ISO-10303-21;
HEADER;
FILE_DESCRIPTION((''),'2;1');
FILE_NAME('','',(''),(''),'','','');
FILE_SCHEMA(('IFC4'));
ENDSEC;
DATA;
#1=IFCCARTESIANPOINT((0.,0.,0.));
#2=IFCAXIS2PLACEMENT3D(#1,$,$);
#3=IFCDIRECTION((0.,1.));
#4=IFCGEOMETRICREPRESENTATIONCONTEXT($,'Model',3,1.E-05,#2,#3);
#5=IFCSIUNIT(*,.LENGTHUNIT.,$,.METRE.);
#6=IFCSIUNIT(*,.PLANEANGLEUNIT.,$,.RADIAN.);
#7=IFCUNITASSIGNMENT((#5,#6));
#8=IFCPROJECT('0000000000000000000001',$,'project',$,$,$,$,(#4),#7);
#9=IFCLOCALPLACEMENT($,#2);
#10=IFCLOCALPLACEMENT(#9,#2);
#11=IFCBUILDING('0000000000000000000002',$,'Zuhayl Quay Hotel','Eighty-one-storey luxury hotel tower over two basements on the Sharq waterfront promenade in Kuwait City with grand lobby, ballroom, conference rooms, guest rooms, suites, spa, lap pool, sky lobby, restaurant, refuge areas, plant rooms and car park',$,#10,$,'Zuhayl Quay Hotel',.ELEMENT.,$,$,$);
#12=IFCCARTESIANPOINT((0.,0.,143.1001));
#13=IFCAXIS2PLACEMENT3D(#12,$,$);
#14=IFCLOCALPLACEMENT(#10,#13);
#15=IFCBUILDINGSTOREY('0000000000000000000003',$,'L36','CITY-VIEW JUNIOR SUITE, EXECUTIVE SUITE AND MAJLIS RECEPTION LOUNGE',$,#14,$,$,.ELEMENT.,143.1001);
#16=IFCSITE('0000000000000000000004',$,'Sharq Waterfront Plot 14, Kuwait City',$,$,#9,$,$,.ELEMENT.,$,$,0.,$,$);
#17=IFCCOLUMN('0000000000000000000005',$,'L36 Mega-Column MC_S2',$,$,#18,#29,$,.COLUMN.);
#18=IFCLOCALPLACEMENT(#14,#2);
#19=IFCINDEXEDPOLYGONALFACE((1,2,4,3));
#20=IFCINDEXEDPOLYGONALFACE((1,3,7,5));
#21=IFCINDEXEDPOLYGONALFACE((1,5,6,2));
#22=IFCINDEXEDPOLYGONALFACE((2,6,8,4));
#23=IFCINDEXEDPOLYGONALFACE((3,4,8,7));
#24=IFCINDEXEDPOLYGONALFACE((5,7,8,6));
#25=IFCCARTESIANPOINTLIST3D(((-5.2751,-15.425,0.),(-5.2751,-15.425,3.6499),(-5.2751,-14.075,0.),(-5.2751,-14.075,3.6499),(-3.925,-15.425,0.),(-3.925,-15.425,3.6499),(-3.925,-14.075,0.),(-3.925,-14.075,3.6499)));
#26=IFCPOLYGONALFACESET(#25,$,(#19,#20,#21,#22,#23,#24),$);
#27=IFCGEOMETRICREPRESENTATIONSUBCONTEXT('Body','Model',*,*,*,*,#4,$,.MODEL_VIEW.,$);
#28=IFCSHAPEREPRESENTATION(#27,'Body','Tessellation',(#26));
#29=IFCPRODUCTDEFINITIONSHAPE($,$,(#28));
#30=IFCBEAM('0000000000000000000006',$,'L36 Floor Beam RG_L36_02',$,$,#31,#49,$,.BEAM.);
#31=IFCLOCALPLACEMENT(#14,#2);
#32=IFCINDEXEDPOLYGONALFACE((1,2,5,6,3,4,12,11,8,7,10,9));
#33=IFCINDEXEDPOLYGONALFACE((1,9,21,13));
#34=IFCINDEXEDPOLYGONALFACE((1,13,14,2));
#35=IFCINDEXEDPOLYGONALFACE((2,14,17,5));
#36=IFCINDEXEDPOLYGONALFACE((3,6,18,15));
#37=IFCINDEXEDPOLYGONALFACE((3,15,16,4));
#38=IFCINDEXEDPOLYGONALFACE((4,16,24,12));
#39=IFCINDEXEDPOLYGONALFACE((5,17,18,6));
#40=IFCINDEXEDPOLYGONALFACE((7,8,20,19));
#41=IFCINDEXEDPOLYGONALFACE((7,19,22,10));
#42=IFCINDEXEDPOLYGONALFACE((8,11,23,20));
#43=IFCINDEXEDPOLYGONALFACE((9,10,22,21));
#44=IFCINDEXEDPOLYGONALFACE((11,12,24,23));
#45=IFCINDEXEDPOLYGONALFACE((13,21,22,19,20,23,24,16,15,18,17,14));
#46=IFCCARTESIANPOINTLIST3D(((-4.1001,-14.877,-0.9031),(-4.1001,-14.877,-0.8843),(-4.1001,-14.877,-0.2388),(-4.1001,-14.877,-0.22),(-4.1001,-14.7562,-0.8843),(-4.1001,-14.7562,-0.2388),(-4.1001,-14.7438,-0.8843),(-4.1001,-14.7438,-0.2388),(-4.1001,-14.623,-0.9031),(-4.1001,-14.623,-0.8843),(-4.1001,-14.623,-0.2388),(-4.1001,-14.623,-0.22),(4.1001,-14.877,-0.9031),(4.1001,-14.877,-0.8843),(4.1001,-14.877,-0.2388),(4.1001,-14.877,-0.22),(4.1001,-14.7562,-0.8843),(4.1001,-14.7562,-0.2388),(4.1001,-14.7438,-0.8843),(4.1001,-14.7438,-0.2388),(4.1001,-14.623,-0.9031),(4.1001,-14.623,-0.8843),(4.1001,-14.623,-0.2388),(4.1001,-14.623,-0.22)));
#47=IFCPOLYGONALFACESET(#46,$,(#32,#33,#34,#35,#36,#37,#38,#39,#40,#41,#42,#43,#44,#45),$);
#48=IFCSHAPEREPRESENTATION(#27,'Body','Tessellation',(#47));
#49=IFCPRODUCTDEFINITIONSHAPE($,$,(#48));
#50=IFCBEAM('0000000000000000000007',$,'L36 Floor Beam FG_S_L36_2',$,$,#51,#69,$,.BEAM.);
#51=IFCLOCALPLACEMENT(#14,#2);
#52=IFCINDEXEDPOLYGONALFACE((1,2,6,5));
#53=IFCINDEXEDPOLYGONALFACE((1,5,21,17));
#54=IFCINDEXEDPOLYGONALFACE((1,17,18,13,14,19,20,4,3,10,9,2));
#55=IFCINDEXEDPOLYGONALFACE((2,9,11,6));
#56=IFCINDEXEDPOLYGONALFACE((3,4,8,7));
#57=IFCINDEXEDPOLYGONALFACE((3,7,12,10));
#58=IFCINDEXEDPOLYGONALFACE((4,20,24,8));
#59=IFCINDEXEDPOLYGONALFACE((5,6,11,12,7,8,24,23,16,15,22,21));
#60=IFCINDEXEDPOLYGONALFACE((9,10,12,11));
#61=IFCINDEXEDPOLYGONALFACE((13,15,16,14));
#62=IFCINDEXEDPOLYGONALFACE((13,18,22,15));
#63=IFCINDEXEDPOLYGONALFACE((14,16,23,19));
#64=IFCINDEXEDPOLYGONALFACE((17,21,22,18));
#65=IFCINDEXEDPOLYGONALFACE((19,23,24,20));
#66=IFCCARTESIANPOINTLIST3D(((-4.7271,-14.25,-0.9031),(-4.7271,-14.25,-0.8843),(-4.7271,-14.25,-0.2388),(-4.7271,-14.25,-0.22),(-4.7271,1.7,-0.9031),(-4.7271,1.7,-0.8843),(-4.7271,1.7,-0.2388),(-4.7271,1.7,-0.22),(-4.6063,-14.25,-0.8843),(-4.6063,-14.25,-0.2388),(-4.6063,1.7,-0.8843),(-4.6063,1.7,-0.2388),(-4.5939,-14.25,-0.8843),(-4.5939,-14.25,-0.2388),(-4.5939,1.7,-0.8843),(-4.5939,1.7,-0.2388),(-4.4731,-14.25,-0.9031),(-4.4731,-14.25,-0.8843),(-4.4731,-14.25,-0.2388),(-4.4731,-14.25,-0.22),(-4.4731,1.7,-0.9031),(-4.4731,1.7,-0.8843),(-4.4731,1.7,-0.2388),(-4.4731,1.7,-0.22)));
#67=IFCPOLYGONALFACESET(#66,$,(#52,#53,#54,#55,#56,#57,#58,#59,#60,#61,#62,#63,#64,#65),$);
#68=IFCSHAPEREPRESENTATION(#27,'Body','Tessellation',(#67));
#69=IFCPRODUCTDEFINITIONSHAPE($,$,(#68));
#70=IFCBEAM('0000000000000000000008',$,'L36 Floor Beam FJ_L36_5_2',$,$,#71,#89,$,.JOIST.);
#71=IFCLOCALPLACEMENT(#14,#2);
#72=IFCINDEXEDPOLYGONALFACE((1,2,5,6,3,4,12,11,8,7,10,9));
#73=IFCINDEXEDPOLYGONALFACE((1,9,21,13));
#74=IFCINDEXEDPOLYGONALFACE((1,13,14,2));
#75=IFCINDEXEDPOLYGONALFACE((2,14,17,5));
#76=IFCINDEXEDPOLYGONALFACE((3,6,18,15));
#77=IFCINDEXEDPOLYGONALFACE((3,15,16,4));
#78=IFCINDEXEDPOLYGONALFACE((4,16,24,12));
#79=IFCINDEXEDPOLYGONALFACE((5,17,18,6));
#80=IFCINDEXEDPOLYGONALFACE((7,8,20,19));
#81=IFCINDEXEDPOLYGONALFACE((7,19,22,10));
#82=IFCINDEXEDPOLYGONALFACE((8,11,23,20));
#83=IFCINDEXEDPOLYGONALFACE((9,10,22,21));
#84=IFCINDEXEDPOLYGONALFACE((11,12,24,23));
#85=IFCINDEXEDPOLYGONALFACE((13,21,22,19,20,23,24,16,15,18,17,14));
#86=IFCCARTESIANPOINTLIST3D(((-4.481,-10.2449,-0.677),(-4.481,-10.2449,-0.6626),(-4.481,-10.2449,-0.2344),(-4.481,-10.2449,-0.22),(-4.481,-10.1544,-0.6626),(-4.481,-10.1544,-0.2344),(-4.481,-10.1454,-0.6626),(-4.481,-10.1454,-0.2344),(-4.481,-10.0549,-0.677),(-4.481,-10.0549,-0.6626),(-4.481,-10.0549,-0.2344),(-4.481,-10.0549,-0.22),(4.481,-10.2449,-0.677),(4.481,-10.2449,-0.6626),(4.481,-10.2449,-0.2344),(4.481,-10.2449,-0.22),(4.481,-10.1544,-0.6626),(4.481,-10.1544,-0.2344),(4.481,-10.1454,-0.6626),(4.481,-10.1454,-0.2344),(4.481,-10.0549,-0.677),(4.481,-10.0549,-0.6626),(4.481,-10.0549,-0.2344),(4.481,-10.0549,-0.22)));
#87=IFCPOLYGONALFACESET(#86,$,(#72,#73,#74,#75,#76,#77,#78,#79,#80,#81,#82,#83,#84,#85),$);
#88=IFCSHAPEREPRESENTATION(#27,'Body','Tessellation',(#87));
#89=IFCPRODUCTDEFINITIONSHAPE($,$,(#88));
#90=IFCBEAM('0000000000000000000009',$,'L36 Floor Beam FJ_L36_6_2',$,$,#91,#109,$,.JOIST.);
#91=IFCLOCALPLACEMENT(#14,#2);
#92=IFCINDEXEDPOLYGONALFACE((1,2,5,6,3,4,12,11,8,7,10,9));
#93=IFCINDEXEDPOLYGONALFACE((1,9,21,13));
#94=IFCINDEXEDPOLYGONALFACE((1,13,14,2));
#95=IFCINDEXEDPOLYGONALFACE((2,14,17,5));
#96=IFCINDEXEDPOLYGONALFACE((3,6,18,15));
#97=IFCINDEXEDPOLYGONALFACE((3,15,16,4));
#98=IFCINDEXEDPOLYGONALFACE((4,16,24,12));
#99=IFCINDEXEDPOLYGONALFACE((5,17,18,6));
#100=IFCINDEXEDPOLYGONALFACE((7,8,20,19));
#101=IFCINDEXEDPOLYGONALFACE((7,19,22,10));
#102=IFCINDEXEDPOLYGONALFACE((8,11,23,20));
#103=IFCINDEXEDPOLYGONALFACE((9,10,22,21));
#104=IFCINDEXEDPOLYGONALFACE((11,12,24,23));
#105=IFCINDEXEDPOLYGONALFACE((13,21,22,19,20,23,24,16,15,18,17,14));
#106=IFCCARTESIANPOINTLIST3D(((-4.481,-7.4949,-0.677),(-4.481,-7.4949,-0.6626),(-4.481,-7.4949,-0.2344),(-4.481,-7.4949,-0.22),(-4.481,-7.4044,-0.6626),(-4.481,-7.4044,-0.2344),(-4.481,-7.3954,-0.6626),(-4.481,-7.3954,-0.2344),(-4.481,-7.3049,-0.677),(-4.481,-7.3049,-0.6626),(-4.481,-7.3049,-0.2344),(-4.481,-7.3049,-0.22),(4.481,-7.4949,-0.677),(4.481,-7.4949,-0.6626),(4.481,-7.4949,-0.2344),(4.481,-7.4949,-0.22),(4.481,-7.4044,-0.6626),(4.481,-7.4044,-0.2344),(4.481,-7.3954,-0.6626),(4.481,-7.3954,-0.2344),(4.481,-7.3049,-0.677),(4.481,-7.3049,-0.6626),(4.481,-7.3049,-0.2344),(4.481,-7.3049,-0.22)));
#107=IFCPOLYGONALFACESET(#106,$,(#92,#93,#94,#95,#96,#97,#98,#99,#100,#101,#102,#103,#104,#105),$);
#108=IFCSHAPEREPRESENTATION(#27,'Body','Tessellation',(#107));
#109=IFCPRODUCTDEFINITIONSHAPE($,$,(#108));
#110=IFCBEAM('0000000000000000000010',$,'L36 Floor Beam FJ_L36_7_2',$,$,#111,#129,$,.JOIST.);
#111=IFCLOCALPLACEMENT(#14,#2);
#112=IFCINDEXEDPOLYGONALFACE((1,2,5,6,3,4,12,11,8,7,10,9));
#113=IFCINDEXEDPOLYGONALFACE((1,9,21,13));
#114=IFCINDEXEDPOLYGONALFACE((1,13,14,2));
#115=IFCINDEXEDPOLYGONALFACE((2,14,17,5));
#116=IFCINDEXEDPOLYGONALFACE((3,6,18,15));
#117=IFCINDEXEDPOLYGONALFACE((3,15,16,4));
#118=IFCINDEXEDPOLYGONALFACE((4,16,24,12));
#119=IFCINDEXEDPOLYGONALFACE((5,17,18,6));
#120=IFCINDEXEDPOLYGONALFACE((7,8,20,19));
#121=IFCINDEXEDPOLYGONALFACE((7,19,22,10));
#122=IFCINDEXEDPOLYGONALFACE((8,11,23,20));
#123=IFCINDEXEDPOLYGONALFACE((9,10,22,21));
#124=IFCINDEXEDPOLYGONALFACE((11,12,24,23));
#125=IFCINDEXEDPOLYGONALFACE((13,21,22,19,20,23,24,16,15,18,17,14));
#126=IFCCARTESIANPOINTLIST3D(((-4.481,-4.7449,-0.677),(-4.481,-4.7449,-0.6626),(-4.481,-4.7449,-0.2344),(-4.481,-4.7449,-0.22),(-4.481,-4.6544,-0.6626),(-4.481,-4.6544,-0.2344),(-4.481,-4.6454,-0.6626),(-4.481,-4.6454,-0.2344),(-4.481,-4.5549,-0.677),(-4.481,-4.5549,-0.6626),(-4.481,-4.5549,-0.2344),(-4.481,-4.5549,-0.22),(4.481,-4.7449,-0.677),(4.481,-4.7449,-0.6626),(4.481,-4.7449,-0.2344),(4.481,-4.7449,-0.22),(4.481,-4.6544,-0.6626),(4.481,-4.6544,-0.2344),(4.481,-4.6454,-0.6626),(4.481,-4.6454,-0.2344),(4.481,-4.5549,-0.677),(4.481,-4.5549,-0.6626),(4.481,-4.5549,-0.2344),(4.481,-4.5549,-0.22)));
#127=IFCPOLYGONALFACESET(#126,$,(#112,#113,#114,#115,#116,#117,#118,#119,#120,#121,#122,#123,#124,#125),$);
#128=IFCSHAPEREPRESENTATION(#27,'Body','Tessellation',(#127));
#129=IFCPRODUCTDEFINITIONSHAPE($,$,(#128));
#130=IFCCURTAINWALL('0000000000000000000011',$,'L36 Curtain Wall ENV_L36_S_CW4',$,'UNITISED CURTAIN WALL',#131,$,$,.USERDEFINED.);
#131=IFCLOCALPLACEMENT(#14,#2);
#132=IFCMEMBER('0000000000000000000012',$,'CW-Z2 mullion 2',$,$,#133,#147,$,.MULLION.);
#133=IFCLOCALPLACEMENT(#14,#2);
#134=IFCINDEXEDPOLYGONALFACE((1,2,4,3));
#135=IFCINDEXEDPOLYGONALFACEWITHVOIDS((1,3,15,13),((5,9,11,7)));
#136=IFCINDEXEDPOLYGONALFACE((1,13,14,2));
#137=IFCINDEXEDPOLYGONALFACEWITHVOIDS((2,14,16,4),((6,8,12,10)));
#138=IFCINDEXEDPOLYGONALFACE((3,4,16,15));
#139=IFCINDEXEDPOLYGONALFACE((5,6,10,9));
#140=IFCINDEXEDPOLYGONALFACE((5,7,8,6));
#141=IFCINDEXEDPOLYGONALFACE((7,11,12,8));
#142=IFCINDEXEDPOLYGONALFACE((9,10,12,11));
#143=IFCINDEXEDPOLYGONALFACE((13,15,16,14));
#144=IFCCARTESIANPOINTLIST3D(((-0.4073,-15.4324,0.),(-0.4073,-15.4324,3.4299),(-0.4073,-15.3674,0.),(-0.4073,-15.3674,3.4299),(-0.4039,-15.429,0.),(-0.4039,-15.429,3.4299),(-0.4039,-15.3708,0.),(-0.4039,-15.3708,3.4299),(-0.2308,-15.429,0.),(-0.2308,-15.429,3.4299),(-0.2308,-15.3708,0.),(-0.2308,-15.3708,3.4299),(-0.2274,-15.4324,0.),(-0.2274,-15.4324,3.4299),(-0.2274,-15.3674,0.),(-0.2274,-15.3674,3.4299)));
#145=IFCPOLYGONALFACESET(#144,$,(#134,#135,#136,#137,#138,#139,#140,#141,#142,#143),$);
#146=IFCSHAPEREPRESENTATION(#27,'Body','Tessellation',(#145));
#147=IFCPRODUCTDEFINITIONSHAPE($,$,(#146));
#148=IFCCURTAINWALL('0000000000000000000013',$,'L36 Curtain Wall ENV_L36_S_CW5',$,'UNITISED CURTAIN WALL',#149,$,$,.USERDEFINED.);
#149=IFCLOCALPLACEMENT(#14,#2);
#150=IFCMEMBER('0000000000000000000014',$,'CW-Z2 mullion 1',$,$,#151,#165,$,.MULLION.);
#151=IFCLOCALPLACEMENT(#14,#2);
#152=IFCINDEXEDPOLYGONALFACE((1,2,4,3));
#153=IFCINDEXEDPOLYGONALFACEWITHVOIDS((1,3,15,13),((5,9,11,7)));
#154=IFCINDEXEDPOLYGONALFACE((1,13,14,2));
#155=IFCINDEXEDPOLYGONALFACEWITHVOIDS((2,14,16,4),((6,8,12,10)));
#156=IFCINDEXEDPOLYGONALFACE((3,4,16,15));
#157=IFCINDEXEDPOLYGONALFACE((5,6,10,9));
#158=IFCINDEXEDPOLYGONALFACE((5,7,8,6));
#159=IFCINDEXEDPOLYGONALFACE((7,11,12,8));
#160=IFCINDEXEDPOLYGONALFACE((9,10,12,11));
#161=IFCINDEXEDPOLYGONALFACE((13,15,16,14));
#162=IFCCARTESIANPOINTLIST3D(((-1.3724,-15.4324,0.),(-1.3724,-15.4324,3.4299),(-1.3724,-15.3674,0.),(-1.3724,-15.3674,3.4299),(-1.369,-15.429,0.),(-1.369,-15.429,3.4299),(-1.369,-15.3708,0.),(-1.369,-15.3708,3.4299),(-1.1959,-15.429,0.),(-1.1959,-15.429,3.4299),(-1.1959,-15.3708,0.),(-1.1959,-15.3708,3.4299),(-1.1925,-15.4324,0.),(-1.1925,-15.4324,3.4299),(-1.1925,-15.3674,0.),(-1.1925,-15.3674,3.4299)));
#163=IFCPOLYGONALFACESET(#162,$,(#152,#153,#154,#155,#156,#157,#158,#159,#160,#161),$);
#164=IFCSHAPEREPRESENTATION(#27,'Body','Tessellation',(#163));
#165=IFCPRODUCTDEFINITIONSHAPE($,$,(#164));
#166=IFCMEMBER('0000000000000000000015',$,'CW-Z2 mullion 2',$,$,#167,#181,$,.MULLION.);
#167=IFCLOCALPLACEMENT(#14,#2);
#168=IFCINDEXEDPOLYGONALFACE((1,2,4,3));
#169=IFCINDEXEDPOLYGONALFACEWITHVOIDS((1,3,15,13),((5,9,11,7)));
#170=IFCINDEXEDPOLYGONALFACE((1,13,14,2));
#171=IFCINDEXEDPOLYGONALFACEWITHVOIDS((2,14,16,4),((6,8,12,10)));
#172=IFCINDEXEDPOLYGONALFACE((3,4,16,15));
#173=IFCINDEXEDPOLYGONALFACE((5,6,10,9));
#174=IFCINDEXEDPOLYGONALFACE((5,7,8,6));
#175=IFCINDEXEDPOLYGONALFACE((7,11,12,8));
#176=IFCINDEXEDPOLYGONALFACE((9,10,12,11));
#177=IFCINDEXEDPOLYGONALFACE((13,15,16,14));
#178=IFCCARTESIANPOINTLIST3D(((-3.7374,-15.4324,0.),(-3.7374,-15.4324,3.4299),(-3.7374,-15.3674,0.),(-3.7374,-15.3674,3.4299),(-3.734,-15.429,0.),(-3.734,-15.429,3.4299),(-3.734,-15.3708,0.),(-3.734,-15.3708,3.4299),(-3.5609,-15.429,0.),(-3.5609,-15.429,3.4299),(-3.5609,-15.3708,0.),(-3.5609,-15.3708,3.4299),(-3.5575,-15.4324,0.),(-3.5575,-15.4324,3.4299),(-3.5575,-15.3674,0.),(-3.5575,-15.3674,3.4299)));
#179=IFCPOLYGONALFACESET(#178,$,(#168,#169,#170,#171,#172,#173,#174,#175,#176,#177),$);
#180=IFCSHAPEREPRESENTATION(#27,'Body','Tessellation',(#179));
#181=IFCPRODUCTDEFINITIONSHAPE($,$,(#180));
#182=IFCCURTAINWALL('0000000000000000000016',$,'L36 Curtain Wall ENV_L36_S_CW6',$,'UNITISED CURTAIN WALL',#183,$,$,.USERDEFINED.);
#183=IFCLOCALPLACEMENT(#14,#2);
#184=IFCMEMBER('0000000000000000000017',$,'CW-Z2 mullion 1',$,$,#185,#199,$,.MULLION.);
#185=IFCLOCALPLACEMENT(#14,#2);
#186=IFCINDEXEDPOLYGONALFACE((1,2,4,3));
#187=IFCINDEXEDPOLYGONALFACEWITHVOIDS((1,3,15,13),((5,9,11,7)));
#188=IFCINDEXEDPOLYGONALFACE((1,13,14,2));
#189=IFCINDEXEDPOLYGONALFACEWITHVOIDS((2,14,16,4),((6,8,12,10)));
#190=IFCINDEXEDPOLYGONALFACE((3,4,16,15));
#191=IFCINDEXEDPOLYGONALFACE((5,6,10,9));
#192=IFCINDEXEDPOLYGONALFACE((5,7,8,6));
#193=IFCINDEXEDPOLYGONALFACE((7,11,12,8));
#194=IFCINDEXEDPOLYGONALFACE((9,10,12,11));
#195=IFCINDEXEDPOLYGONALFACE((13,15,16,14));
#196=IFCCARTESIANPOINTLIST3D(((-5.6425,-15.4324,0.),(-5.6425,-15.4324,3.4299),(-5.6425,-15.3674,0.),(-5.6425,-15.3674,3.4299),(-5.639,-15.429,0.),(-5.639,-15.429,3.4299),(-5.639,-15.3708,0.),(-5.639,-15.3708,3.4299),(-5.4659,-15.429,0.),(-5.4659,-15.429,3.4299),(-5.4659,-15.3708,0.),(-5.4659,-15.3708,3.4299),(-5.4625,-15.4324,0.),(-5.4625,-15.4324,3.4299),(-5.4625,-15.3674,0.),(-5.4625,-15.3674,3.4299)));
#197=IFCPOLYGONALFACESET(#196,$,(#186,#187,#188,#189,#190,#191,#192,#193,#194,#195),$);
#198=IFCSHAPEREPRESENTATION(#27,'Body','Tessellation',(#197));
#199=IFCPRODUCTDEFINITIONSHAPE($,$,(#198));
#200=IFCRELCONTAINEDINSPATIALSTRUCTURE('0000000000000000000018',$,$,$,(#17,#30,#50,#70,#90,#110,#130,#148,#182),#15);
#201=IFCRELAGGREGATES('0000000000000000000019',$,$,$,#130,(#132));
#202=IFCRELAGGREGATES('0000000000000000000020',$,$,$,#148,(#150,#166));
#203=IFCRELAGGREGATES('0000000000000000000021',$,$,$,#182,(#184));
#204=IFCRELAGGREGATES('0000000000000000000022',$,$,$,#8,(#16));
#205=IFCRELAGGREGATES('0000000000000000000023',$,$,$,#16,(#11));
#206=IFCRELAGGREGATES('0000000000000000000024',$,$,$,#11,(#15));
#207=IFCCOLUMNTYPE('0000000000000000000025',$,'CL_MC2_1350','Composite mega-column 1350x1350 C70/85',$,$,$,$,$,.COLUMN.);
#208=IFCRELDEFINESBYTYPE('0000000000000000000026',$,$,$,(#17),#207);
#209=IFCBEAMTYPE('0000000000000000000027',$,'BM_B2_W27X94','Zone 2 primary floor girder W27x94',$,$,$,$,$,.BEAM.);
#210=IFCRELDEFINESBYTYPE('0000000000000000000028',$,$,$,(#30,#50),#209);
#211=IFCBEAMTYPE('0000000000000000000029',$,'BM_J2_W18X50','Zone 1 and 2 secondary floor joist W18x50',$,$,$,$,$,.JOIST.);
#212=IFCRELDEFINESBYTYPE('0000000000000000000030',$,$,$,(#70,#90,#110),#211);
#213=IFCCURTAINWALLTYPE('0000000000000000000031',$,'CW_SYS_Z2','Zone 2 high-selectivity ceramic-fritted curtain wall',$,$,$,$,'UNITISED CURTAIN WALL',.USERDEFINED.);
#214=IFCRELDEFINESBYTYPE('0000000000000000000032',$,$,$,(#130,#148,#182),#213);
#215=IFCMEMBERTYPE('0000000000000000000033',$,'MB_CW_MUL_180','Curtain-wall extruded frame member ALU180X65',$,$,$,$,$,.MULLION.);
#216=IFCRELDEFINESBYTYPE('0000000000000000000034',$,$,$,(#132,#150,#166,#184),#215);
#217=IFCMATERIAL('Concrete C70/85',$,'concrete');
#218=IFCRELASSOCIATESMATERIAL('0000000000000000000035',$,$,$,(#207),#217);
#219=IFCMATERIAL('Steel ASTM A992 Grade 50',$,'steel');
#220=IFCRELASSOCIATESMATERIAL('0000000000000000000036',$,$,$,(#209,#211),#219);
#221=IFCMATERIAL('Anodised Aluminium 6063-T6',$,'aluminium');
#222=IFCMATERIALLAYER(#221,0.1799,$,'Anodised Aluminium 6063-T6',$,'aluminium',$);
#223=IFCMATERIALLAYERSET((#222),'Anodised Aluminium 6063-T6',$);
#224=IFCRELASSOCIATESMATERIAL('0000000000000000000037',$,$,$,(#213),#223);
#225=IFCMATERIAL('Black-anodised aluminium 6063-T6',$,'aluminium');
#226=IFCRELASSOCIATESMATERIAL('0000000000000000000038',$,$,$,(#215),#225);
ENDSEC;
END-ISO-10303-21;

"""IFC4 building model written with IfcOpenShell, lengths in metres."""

from ifc_helpers import new_model, si_unit, direction, frame, origin, origin_2d, place, context, subcontext, project, spatial, rectangle, hollow_rectangle, i_section, extrude, material, layer, layer_set, material_profile, profile_set, type_object, element, aggregate, save


model = new_model("IFC4")

# Units and contexts
model_context = context("Model", 3, precision=1e-05, world=origin(), true_north=direction((0.0, 1.0)))
body_context = subcontext(model_context, "Body", "Model", "MODEL_VIEW")
ifc_project = project(units=[si_unit("LENGTHUNIT", "METRE"), si_unit("PLANEANGLEUNIT", "RADIAN")], contexts=[model_context])

# Site, building, storey
site_placement = place(None, origin())
site = spatial("IfcSite", under=ifc_project, at=site_placement, Name="Sharq Waterfront Plot 14, Kuwait City", CompositionType="ELEMENT", RefElevation=0.0)
building_placement = place(site_placement, origin())
building = spatial("IfcBuilding", under=site, at=building_placement, Name="Zuhayl Quay Hotel", Description="Eighty-one-storey luxury hotel tower over two basements on the Sharq waterfront promenade in Kuwait City with grand lobby, ballroom, conference rooms, guest rooms, suites, spa, lap pool, sky lobby, restaurant, refuge areas, plant rooms and car park", LongName="Zuhayl Quay Hotel", CompositionType="ELEMENT")
storey_placement = place(building_placement, frame((0.0, 0.0, 143.1001)))
storey = spatial("IfcBuildingStorey", under=building, at=storey_placement, Name="L36", Description="CITY-VIEW JUNIOR SUITE, EXECUTIVE SUITE AND MAJLIS RECEPTION LOUNGE", CompositionType="ELEMENT", Elevation=143.1001)

# Column
ifc_material_1 = material(Name="Concrete C70/85", Category="concrete")
ifc_material_profile_1 = material_profile(ifc_material_1, rectangle(XDim=1.3501, YDim=1.3501, at=origin_2d()), Name="RC1350X1350")
ifc_profile_set_1 = profile_set([ifc_material_profile_1], Name="Concrete C70/85")
column_type = type_object("IfcColumnType", Name="CL_MC2_1350", Description="Composite mega-column 1350x1350 C70/85", PredefinedType="COLUMN", material=ifc_profile_set_1)
column_placement = place(storey_placement, frame((-4.6001, -14.75, 0.0), z_axis=(0.0, 0.0, 1.0), x_axis=(1.0, 0.0, 0.0)))
element("IfcColumn", 1, at=column_placement, inside=storey, type_object=column_type, Name="L36 Mega-Column MC_S2", PredefinedType="COLUMN", context=body_context, shape_type="SweptSolid", body=[
    extrude(rectangle(XDim=1.3501, YDim=1.3501, at=origin_2d()), origin(), (0.0, 0.0, 1.0), 3.6499),
])

# Beams
ifc_material_2 = material(Name="Steel ASTM A992 Grade 50", Category="steel")
ifc_material_profile_2 = material_profile(ifc_material_2, i_section(OverallWidth=0.2539, OverallDepth=0.6831, WebThickness=0.0125, FlangeThickness=0.0188, at=origin_2d()), Name="W27X94")
ifc_profile_set_2 = profile_set([ifc_material_profile_2], Name="Steel ASTM A992 Grade 50")
beam_type_1 = type_object("IfcBeamType", Name="BM_B2_W27X94", Description="Zone 2 primary floor girder W27x94", PredefinedType="BEAM", material=ifc_profile_set_2)
beam_1_placement = place(storey_placement, frame((-4.1001, -14.75, -0.5615), z_axis=(1.0, 0.0, 0.0), x_axis=(0.0, 1.0, 0.0)))
element("IfcBeam", 2, at=beam_1_placement, inside=storey, type_object=beam_type_1, Name="L36 Floor Beam RG_L36_02", PredefinedType="BEAM", context=body_context, shape_type="SweptSolid", body=[
    extrude(i_section(OverallWidth=0.2539, OverallDepth=0.6831, WebThickness=0.0125, FlangeThickness=0.0188, at=origin_2d()), origin(), (0.0, 0.0, 1.0), 8.2002),
])
beam_2_placement = place(storey_placement, frame((-4.6001, -14.25, -0.5615), z_axis=(0.0, 1.0, 0.0), x_axis=(-1.0, 0.0, 0.0)))
element("IfcBeam", 3, at=beam_2_placement, inside=storey, type_object=beam_type_1, Name="L36 Floor Beam FG_S_L36_2", PredefinedType="BEAM", context=body_context, shape_type="SweptSolid", body=[
    extrude(i_section(OverallWidth=0.2539, OverallDepth=0.6831, WebThickness=0.0125, FlangeThickness=0.0188, at=origin_2d()), origin(), (0.0, 0.0, 1.0), 15.95),
])
ifc_material_profile_3 = material_profile(ifc_material_2, i_section(OverallWidth=0.1899, OverallDepth=0.457, WebThickness=0.009, FlangeThickness=0.0144, at=origin_2d()), Name="W18X50")
ifc_profile_set_3 = profile_set([ifc_material_profile_3], Name="Steel ASTM A992 Grade 50")
beam_type_2 = type_object("IfcBeamType", Name="BM_J2_W18X50", Description="Zone 1 and 2 secondary floor joist W18x50", PredefinedType="JOIST", material=ifc_profile_set_3)
for number, where, z_axis, x_axis, name in (
    (4, (-4.481, -10.1499, -0.4485), (1.0, 0.0, 0.0), (0.0, 1.0, 0.0), "L36 Floor Beam FJ_L36_5_2"),
    (5, (-4.481, -7.3999, -0.4485), (1.0, 0.0, 0.0), (0.0, 1.0, 0.0), "L36 Floor Beam FJ_L36_6_2"),
    (6, (-4.481, -4.6499, -0.4485), (1.0, 0.0, 0.0), (0.0, 1.0, 0.0), "L36 Floor Beam FJ_L36_7_2"),
):
    element("IfcBeam", number, at=place(storey_placement, frame(where, z_axis=z_axis, x_axis=x_axis)), inside=storey, type_object=beam_type_2, Name=name, PredefinedType="JOIST", context=body_context, shape_type="SweptSolid", body=[
        extrude(i_section(OverallWidth=0.1899, OverallDepth=0.457, WebThickness=0.009, FlangeThickness=0.0144, at=origin_2d()), origin(), (0.0, 0.0, 1.0), 8.9619),
    ])

# Curtain wall, member
ifc_material_3 = material(Name="Anodised Aluminium 6063-T6", Category="aluminium")
ifc_layer_1 = layer(ifc_material_3, 0.1799, Name="Anodised Aluminium 6063-T6", Category="aluminium")
ifc_layer_set_1 = layer_set([ifc_layer_1], Name="Anodised Aluminium 6063-T6")
curtain_wall_type = type_object("IfcCurtainWallType", Name="CW_SYS_Z2", Description="Zone 2 high-selectivity ceramic-fritted curtain wall", ElementType="UNITISED CURTAIN WALL", PredefinedType="USERDEFINED", material=ifc_layer_set_1)
curtain_wall_1_placement = place(storey_placement, origin())
curtain_wall_1 = element("IfcCurtainWall", 7, at=curtain_wall_1_placement, inside=storey, type_object=curtain_wall_type, Name="L36 Curtain Wall ENV_L36_S_CW4", ObjectType="UNITISED CURTAIN WALL", PredefinedType="USERDEFINED")
ifc_material_4 = material(Name="Black-anodised aluminium 6063-T6", Category="aluminium")
ifc_material_profile_4 = material_profile(ifc_material_4, hollow_rectangle(XDim=0.0649, YDim=0.1799, WallThickness=0.0034, at=origin_2d()), Name="ALU180X65")
ifc_profile_set_4 = profile_set([ifc_material_profile_4], Name="Black-anodised aluminium 6063-T6")
member_type_1 = type_object("IfcMemberType", Name="MB_CW_MUL_180", Description="Curtain-wall extruded frame member ALU180X65", PredefinedType="MULLION", material=ifc_profile_set_4)
member_1_placement = place(storey_placement, frame((-0.3174, -15.3999, 0.0), z_axis=(0.0, 0.0, 1.0), x_axis=(0.0, -1.0, 0.0)))
member_1 = element("IfcMember", 8, at=member_1_placement, type_object=member_type_1, Name="CW-Z2 mullion 2", PredefinedType="MULLION", context=body_context, shape_type="SweptSolid", body=[
    extrude(hollow_rectangle(XDim=0.0649, YDim=0.1799, WallThickness=0.0034, at=origin_2d()), origin(), (0.0, 0.0, 1.0), 3.4299),
])
aggregate(curtain_wall_1, [member_1])

# Curtain wall, members
curtain_wall_2_placement = place(storey_placement, origin())
curtain_wall_2 = element("IfcCurtainWall", 9, at=curtain_wall_2_placement, inside=storey, type_object=curtain_wall_type, Name="L36 Curtain Wall ENV_L36_S_CW5", ObjectType="UNITISED CURTAIN WALL", PredefinedType="USERDEFINED")
member_2_placement = place(storey_placement, frame((-1.2825, -15.3999, 0.0), z_axis=(0.0, 0.0, 1.0), x_axis=(0.0, -1.0, 0.0)))
member_2 = element("IfcMember", 10, at=member_2_placement, type_object=member_type_1, Name="CW-Z2 mullion 1", PredefinedType="MULLION", context=body_context, shape_type="SweptSolid", body=[
    extrude(hollow_rectangle(XDim=0.0649, YDim=0.1799, WallThickness=0.0034, at=origin_2d()), origin(), (0.0, 0.0, 1.0), 3.4299),
])
member_3_placement = place(storey_placement, frame((-3.6475, -15.3999, 0.0), z_axis=(0.0, 0.0, 1.0), x_axis=(0.0, -1.0, 0.0)))
member_3 = element("IfcMember", 11, at=member_3_placement, type_object=member_type_1, Name="CW-Z2 mullion 2", PredefinedType="MULLION", context=body_context, shape_type="SweptSolid", body=[
    extrude(hollow_rectangle(XDim=0.0649, YDim=0.1799, WallThickness=0.0034, at=origin_2d()), origin(), (0.0, 0.0, 1.0), 3.4299),
])

# Curtain wall, member
curtain_wall_3_placement = place(storey_placement, origin())
curtain_wall_3 = element("IfcCurtainWall", 12, at=curtain_wall_3_placement, inside=storey, type_object=curtain_wall_type, Name="L36 Curtain Wall ENV_L36_S_CW6", ObjectType="UNITISED CURTAIN WALL", PredefinedType="USERDEFINED")
member_4_placement = place(storey_placement, frame((-5.5525, -15.3999, 0.0), z_axis=(0.0, 0.0, 1.0), x_axis=(0.0, -1.0, 0.0)))
member_4 = element("IfcMember", 13, at=member_4_placement, type_object=member_type_1, Name="CW-Z2 mullion 1", PredefinedType="MULLION", context=body_context, shape_type="SweptSolid", body=[
    extrude(hollow_rectangle(XDim=0.0649, YDim=0.1799, WallThickness=0.0034, at=origin_2d()), origin(), (0.0, 0.0, 1.0), 3.4299),
])

aggregate(curtain_wall_2, [member_2, member_3])
aggregate(curtain_wall_3, [member_4])

save(model, "model.ifc")
